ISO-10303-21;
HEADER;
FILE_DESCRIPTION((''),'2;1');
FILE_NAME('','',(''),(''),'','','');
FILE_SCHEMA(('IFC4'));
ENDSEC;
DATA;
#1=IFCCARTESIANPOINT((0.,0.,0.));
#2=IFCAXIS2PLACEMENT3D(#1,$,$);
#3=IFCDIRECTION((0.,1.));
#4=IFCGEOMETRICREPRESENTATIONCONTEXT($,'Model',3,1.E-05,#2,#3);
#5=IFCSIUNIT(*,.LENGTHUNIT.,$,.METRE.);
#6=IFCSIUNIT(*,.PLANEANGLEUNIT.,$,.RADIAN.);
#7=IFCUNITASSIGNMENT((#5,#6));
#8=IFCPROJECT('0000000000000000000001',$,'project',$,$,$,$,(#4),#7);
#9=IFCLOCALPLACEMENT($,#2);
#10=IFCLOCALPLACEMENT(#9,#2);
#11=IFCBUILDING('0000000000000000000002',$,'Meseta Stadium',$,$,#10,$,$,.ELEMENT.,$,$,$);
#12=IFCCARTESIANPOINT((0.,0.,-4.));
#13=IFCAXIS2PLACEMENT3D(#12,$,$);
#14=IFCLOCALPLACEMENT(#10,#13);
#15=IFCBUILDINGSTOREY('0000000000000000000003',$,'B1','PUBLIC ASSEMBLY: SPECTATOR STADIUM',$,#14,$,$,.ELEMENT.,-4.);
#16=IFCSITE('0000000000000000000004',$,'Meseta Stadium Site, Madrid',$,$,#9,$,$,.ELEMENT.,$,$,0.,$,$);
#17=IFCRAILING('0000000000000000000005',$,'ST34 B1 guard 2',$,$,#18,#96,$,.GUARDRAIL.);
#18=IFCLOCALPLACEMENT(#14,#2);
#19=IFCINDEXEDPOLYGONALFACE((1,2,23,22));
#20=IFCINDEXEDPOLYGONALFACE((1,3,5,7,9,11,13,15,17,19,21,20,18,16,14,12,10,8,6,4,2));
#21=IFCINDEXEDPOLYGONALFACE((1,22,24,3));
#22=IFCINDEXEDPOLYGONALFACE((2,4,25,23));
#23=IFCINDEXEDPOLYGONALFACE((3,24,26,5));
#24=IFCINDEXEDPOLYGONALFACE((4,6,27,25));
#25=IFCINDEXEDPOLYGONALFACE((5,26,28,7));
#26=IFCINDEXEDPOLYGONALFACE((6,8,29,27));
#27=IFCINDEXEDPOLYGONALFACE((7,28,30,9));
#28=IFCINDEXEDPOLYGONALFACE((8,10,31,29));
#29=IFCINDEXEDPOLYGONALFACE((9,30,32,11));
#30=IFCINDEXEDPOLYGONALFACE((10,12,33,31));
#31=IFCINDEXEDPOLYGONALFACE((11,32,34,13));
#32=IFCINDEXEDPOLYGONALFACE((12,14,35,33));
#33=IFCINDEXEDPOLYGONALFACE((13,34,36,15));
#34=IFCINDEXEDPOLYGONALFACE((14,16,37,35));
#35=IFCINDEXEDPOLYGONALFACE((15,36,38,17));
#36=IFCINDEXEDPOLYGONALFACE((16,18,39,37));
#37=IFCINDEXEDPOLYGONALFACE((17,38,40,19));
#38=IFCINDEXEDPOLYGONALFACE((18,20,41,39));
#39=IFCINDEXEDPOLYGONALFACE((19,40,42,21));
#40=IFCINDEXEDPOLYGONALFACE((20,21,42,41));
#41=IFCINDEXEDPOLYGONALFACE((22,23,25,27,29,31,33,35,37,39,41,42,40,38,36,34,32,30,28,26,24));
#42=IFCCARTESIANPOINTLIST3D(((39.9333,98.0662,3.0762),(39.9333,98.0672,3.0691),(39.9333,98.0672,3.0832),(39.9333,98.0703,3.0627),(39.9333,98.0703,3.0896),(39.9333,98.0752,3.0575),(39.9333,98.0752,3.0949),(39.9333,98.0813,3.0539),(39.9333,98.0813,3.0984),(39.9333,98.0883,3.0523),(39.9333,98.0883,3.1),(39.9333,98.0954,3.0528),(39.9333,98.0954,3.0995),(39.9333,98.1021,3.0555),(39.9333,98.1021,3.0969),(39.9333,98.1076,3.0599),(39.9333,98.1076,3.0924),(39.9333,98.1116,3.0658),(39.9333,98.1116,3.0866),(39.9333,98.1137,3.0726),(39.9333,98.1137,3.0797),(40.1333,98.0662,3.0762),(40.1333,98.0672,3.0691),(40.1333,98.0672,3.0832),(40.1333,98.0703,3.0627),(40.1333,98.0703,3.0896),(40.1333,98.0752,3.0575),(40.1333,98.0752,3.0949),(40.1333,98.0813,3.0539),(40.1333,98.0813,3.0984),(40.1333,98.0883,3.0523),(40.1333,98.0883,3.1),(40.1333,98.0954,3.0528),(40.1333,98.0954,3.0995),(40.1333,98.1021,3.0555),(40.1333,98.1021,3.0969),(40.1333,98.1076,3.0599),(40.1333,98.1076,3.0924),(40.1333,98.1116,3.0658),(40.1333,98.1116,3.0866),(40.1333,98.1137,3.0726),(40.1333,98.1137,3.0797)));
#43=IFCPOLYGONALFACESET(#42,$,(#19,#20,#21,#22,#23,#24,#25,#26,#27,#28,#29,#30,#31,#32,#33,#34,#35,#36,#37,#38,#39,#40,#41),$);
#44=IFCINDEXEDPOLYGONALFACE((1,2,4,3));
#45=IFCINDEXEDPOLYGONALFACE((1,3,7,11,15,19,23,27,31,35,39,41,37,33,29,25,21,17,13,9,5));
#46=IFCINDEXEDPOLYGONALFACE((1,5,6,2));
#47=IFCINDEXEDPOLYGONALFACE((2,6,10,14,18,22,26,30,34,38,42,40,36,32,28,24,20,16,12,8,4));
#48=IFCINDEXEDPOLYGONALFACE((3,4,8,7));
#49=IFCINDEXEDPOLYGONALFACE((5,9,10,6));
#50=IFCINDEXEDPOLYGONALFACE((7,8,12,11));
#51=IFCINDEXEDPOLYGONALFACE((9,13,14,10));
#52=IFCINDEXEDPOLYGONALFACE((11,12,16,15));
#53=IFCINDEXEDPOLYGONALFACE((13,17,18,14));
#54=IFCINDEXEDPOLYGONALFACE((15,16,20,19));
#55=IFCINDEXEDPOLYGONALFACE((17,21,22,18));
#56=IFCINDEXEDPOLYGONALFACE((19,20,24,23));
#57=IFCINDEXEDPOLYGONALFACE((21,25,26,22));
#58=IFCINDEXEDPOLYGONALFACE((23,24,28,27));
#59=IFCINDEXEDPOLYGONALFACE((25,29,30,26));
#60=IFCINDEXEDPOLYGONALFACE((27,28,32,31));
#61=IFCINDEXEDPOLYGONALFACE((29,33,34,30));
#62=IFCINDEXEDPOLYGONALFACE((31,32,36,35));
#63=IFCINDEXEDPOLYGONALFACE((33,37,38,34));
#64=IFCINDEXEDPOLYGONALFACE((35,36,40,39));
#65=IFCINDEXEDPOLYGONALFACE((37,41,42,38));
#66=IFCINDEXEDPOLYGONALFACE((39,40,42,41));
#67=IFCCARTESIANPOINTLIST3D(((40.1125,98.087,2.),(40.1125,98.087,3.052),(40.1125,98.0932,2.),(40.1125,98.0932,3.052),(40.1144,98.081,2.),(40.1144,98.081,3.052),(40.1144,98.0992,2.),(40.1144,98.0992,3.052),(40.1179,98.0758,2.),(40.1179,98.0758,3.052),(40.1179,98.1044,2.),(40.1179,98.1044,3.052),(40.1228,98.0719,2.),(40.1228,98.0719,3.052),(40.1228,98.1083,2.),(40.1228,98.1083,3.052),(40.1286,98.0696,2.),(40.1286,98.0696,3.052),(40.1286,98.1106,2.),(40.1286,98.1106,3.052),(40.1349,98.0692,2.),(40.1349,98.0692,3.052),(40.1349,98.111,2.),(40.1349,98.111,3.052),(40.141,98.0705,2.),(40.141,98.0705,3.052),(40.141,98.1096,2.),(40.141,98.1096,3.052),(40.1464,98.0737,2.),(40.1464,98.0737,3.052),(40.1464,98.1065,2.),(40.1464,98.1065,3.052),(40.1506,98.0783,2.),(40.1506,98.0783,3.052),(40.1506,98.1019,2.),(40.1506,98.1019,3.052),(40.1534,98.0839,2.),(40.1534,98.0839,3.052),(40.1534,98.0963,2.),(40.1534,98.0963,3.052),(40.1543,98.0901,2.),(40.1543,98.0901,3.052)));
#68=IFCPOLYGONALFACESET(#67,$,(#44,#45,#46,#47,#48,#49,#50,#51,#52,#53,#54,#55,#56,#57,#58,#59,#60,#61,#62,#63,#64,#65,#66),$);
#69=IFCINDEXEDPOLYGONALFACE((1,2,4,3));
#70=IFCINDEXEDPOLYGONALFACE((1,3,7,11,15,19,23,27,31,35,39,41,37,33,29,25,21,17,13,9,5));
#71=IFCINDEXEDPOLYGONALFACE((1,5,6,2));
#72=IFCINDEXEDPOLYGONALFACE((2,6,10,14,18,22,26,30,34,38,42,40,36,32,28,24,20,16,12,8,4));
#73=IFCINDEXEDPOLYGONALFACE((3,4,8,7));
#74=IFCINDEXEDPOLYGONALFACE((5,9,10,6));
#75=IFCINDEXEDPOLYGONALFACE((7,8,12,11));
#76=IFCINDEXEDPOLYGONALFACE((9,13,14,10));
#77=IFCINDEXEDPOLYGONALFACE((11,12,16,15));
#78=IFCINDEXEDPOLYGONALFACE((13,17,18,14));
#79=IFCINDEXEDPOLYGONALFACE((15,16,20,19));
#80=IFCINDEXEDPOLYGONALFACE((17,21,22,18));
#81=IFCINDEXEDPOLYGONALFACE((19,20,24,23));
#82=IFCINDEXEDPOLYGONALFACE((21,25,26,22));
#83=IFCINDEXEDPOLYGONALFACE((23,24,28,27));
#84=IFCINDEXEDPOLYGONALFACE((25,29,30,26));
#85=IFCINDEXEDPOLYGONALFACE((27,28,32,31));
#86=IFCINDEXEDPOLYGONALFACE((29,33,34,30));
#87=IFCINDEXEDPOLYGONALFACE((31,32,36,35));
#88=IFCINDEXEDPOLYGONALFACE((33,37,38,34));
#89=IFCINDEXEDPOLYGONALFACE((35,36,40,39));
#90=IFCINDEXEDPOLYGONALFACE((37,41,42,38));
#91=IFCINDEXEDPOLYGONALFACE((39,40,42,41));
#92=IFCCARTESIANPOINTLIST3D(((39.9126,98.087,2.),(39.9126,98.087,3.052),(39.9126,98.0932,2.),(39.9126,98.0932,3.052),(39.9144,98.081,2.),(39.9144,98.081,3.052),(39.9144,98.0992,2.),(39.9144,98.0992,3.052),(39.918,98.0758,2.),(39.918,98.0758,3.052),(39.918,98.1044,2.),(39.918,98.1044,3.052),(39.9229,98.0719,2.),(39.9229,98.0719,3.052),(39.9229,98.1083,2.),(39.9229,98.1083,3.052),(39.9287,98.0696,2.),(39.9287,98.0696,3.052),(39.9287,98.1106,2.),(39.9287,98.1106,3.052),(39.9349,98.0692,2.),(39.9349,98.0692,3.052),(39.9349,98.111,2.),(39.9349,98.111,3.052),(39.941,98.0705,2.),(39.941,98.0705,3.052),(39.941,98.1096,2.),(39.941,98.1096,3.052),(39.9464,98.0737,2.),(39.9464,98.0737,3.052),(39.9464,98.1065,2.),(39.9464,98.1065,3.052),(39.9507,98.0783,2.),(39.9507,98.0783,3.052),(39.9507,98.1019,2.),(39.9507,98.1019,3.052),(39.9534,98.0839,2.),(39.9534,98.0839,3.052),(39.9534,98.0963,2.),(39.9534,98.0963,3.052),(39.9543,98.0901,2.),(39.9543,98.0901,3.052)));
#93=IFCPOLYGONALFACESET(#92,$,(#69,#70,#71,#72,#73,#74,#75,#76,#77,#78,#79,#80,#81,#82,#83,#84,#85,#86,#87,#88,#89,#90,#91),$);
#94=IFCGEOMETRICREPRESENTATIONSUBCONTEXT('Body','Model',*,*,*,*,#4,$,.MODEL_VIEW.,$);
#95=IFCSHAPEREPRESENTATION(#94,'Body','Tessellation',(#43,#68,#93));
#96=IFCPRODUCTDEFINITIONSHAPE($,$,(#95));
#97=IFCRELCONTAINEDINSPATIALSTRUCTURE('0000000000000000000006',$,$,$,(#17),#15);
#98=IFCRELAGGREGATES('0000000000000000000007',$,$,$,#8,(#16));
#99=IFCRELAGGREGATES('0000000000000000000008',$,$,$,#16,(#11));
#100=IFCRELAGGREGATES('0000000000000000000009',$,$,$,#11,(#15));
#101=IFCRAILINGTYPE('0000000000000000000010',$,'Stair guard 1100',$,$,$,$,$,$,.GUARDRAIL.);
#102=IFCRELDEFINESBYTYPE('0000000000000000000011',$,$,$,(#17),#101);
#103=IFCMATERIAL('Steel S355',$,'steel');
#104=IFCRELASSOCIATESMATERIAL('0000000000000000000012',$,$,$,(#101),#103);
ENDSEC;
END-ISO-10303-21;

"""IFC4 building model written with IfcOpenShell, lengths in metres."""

from ifc_helpers import new_model, si_unit, direction, frame, origin, origin_2d, place, context, subcontext, project, spatial, circle, extrude, material, type_object, element, save


model = new_model("IFC4")

# Units and contexts
model_context = context("Model", 3, precision=1e-05, world=origin(), true_north=direction((0.0, 1.0)))
body_context = subcontext(model_context, "Body", "Model", "MODEL_VIEW")
ifc_project = project(units=[si_unit("LENGTHUNIT", "METRE"), si_unit("PLANEANGLEUNIT", "RADIAN")], contexts=[model_context])

# Site, building, storey
site_placement = place(None, origin())
site = spatial("IfcSite", under=ifc_project, at=site_placement, Name="Meseta Stadium Site, Madrid", CompositionType="ELEMENT", RefElevation=0.0)
building_placement = place(site_placement, origin())
building = spatial("IfcBuilding", under=site, at=building_placement, Name="Meseta Stadium", CompositionType="ELEMENT")
storey_placement = place(building_placement, frame((0.0, 0.0, -4.0)))
storey = spatial("IfcBuildingStorey", under=building, at=storey_placement, Name="B1", Description="PUBLIC ASSEMBLY: SPECTATOR STADIUM", CompositionType="ELEMENT", Elevation=-4.0)

# Railing
ifc_material_1 = material(Name="Steel S355", Category="steel")
railing_type_1 = type_object("IfcRailingType", Name="Stair guard 1100", PredefinedType="GUARDRAIL", material=ifc_material_1)
railing_1_placement = place(storey_placement, frame((40.1333, 98.0901, 2.0)))
element("IfcRailing", 1, at=railing_1_placement, inside=storey, type_object=railing_type_1, Name="ST34 B1 guard 2", PredefinedType="GUARDRAIL", context=body_context, shape_type="SweptSolid", body=[
    extrude(circle(Radius=0.0239, at=origin_2d()), frame((0.0, 0.0, 1.0762), z_axis=(-1.0, 0.0, 0.0), x_axis=(0.0, -1.0, 0.0)), (0.0, 0.0, 1.0), 0.2),
    extrude(circle(Radius=0.021, at=origin_2d()), origin(), (0.0, 0.0, 1.0), 1.052),
    extrude(circle(Radius=0.021, at=origin_2d()), frame((-0.2, 0.0, 0.0)), (0.0, 0.0, 1.0), 1.052),
])

save(model, "model.ifc")
